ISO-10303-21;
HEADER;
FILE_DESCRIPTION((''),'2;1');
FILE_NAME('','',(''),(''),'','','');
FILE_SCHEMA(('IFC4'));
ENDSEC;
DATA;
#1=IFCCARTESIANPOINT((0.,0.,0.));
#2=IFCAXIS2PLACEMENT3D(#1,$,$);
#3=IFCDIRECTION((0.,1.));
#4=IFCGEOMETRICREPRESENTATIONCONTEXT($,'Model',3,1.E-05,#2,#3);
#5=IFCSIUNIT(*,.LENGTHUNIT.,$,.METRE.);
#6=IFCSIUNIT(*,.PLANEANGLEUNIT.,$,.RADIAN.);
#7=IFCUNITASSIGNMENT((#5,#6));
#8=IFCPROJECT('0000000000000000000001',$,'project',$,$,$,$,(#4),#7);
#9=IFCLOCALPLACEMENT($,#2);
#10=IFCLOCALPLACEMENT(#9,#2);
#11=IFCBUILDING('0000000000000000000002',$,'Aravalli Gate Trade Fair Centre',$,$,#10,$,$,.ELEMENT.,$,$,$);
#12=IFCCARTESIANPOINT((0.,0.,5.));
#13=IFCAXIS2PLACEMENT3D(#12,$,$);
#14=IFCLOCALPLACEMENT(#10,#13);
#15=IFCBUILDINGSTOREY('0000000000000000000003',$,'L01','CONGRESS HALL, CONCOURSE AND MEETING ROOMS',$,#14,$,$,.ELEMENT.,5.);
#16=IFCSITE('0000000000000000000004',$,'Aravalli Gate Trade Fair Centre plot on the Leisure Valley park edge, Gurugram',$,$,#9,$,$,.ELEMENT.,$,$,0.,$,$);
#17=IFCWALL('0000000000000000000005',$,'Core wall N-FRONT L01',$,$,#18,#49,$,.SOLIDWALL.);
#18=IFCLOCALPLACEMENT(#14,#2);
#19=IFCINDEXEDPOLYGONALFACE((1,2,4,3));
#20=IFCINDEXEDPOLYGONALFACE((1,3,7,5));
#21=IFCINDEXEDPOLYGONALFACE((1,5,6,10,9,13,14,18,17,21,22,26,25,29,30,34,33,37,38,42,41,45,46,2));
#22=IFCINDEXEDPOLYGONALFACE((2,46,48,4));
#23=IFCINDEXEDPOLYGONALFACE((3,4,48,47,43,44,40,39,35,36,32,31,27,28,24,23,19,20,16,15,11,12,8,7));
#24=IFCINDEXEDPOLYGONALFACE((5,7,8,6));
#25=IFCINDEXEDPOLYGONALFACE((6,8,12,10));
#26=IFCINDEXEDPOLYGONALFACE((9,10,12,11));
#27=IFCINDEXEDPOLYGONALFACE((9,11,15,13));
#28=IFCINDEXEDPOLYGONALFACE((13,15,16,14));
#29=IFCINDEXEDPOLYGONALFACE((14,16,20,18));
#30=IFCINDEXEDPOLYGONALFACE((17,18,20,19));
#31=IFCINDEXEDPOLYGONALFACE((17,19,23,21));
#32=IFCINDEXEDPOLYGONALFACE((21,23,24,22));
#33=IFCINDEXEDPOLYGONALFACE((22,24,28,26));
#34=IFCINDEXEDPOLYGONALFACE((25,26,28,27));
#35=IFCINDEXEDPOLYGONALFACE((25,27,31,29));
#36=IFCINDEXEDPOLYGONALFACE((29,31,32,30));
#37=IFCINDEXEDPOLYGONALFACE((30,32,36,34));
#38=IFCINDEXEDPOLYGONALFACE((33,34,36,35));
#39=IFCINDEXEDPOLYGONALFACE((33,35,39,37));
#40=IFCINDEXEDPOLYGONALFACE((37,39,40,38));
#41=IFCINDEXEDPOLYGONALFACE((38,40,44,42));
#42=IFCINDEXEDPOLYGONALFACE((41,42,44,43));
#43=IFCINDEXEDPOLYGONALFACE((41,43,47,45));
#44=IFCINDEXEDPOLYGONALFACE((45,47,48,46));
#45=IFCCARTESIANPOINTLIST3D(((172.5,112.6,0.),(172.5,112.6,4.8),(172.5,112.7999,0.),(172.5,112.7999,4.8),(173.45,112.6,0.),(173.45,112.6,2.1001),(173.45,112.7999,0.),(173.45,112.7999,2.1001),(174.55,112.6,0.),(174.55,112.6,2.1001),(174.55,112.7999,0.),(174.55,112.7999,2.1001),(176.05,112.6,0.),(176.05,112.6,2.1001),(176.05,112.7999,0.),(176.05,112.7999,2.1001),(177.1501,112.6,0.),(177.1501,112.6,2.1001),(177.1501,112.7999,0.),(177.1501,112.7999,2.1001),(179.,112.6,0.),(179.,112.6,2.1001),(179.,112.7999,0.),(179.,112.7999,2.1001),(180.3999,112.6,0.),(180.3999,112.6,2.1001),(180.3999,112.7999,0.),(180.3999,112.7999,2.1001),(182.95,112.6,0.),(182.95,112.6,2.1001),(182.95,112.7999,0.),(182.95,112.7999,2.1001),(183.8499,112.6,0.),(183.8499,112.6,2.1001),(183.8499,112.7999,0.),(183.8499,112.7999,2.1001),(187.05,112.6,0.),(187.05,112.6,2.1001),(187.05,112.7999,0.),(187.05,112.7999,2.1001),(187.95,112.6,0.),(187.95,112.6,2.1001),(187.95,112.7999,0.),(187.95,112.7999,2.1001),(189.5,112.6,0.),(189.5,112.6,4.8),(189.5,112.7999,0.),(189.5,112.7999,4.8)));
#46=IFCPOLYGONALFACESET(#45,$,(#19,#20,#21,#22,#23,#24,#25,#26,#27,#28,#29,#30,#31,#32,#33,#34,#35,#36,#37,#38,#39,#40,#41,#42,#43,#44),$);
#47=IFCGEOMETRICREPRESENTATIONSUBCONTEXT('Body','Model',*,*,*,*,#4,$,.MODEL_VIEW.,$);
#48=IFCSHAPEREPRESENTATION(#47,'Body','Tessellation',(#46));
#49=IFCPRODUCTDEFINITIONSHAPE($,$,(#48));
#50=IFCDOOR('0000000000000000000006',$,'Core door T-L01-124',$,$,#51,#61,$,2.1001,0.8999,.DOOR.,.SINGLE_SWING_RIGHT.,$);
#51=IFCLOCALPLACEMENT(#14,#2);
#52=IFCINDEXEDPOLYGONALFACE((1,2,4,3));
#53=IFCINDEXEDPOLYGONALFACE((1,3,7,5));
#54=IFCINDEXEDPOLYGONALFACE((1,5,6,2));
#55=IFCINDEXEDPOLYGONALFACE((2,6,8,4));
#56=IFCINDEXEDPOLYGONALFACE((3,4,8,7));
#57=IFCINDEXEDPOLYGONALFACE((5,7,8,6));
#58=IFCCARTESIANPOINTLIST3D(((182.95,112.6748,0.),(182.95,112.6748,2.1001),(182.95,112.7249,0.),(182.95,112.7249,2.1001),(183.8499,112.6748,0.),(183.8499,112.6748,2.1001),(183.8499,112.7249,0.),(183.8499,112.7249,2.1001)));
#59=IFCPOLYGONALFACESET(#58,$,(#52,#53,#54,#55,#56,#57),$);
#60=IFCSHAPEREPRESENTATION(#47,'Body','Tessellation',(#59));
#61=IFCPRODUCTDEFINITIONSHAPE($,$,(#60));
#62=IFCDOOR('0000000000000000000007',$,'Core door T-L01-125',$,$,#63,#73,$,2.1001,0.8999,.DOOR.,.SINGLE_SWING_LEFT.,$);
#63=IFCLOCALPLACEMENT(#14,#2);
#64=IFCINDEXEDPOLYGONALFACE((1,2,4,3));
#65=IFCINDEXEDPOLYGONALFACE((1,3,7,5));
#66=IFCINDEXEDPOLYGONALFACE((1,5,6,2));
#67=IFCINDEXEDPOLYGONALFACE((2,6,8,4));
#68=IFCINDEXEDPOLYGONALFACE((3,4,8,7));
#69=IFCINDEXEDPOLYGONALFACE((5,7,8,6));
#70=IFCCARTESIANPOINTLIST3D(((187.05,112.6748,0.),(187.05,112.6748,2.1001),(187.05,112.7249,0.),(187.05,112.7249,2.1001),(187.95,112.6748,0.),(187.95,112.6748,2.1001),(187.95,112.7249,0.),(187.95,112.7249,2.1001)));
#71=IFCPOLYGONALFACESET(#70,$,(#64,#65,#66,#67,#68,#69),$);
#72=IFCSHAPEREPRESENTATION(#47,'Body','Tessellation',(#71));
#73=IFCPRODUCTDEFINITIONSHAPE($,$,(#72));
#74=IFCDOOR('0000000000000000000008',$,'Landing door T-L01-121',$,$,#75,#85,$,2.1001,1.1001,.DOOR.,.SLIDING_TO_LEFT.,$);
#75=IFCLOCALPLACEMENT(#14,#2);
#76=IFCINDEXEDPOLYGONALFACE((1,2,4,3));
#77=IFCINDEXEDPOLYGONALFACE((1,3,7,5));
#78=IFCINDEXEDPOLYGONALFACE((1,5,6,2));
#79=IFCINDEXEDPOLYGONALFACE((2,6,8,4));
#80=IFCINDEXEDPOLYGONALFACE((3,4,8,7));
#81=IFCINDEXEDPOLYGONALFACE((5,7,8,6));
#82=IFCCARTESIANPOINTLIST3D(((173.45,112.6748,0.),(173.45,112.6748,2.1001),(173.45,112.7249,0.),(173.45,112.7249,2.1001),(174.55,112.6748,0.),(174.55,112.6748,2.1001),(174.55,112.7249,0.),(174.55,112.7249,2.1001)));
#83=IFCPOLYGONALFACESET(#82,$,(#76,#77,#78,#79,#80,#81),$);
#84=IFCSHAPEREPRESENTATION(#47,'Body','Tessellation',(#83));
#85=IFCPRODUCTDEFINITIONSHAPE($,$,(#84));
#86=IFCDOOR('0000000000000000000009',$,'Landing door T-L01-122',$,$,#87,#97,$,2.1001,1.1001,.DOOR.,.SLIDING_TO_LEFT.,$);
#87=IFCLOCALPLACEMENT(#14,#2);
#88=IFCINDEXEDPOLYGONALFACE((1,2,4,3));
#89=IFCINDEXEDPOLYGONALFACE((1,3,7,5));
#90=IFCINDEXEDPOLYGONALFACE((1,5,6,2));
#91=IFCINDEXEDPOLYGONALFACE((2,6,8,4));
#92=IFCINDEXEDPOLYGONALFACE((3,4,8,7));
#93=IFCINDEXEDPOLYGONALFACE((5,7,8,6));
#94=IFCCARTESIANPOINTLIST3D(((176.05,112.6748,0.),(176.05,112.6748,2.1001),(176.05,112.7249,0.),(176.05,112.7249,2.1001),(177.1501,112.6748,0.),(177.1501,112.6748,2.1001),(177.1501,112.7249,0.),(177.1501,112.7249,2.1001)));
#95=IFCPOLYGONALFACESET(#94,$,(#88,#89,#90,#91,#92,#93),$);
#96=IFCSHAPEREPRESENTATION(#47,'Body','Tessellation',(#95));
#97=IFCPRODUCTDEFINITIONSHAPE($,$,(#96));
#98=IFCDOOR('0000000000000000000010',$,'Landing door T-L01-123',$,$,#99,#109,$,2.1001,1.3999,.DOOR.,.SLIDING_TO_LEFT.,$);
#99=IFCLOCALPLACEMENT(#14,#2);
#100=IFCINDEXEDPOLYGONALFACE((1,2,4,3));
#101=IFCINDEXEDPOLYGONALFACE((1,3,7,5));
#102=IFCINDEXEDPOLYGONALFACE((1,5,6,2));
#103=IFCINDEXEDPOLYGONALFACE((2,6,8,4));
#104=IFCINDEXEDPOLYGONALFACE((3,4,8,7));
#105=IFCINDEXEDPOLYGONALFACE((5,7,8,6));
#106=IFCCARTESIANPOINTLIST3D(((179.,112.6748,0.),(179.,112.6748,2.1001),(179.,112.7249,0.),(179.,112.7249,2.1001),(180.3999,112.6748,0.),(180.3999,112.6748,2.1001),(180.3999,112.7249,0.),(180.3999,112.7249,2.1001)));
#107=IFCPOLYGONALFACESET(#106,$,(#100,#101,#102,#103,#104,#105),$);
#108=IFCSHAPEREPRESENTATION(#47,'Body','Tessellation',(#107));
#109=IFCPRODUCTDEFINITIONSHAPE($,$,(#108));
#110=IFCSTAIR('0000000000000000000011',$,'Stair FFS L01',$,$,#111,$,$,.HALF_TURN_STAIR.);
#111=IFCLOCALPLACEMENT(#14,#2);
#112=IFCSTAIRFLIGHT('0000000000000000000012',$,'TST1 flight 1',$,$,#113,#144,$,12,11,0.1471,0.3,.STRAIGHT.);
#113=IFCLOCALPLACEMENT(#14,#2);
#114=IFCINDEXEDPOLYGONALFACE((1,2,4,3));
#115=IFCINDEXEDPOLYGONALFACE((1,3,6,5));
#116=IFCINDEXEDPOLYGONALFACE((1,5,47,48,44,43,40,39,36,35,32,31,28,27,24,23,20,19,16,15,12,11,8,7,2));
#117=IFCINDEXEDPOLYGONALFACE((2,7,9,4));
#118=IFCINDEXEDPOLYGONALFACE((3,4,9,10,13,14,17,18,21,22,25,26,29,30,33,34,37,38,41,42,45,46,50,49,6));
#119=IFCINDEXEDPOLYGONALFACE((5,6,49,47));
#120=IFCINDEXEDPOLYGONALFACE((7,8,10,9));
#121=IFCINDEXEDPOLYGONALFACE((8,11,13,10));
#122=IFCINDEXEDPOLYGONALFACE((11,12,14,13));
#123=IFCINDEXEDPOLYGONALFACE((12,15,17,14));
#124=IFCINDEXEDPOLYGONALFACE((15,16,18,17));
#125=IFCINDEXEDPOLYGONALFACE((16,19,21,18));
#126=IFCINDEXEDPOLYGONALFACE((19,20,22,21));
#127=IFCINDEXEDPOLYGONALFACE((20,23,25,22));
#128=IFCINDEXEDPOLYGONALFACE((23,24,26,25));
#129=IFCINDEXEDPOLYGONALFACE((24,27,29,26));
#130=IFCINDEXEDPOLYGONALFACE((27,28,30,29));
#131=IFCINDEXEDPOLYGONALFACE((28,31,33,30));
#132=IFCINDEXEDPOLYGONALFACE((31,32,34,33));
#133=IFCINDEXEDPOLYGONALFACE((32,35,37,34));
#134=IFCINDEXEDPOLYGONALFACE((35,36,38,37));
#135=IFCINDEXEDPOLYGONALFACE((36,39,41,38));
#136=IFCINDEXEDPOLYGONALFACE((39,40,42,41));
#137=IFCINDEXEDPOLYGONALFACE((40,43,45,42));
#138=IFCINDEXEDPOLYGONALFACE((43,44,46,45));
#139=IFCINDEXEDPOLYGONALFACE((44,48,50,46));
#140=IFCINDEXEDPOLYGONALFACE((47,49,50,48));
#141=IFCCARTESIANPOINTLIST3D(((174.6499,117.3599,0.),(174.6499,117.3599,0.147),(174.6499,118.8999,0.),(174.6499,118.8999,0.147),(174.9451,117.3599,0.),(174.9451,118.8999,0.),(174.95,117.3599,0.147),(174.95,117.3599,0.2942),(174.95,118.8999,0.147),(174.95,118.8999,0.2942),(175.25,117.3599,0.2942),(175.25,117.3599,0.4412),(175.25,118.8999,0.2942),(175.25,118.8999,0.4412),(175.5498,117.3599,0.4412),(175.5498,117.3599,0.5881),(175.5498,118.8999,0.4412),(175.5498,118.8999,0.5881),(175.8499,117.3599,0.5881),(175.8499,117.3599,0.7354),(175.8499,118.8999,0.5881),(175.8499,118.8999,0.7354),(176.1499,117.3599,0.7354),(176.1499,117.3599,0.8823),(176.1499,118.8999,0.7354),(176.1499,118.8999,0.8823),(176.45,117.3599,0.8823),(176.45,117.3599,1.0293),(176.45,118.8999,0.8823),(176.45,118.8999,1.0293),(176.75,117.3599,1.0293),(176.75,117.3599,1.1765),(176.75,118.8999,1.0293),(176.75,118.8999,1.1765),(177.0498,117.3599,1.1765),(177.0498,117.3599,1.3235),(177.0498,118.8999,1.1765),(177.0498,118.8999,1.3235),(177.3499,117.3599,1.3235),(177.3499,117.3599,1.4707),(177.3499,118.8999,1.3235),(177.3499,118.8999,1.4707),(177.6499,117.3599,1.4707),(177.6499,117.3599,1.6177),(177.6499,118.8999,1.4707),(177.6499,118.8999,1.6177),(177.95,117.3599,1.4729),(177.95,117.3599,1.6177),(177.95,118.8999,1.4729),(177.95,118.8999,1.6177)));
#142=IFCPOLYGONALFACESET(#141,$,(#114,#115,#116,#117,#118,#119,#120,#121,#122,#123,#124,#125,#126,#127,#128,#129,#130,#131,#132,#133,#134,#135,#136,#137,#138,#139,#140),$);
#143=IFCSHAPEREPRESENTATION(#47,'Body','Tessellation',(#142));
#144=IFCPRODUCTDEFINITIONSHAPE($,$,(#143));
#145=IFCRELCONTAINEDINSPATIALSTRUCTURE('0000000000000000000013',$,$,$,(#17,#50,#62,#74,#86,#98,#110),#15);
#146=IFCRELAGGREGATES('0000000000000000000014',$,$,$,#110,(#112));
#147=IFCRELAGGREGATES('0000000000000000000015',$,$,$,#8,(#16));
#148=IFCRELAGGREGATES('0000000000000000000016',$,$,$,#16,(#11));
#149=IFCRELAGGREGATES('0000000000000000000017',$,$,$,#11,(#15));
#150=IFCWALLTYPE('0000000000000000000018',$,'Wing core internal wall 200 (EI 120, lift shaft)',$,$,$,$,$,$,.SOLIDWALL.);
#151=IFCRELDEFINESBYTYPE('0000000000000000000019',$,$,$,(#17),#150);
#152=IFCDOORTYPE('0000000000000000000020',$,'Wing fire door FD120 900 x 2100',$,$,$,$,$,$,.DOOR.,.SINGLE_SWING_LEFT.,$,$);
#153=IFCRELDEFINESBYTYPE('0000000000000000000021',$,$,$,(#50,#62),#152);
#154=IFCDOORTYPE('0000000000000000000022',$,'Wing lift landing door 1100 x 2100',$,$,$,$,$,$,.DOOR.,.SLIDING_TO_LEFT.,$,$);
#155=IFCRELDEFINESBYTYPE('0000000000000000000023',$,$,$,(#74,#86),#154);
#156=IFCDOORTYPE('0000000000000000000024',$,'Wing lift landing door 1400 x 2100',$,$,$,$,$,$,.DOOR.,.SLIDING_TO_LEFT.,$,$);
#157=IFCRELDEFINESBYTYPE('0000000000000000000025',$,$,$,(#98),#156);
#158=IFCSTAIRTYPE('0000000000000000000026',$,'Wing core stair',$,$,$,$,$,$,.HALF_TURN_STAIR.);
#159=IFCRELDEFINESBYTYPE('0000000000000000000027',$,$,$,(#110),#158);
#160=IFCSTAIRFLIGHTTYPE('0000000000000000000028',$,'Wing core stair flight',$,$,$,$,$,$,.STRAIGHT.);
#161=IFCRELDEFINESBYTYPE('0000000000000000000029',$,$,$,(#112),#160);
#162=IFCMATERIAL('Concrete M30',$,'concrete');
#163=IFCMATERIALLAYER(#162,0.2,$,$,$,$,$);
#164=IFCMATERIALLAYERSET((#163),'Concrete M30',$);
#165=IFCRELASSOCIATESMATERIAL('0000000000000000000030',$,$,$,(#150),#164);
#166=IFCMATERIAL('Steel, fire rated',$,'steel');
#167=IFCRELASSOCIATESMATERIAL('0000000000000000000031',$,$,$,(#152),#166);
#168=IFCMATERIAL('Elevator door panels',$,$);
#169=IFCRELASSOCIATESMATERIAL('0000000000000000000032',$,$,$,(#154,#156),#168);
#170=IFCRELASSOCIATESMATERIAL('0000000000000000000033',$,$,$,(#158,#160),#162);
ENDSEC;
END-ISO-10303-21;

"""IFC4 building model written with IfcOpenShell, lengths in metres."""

from ifc_helpers import new_model, si_unit, direction, frame, frame_2d, origin, place, context, subcontext, project, spatial, polyline, rectangle, outline, extrude, material, layer, layer_set, type_object, element, fill, aggregate, save


model = new_model("IFC4")

# Units and contexts
model_context = context("Model", 3, precision=1e-05, world=origin(), true_north=direction((0.0, 1.0)))
body_context = subcontext(model_context, "Body", "Model", "MODEL_VIEW")
ifc_project = project(units=[si_unit("LENGTHUNIT", "METRE"), si_unit("PLANEANGLEUNIT", "RADIAN")], contexts=[model_context])

# Site, building, storey
site_placement = place(None, origin())
site = spatial("IfcSite", under=ifc_project, at=site_placement, Name="Aravalli Gate Trade Fair Centre plot on the Leisure Valley park edge, Gurugram", CompositionType="ELEMENT", RefElevation=0.0)
building_placement = place(site_placement, origin())
building = spatial("IfcBuilding", under=site, at=building_placement, Name="Aravalli Gate Trade Fair Centre", CompositionType="ELEMENT")
storey_placement = place(building_placement, frame((0.0, 0.0, 5.0)))
storey = spatial("IfcBuildingStorey", under=building, at=storey_placement, Name="L01", Description="CONGRESS HALL, CONCOURSE AND MEETING ROOMS", CompositionType="ELEMENT", Elevation=5.0)

# Shared definitions
ifc_material_1 = material(Name="Concrete M30", Category="concrete")

# Shared definitions
ifc_material_2 = material(Name="Steel, fire rated", Category="steel")

# Shared definitions
ifc_layer_1 = layer(ifc_material_1, 0.2)
ifc_layer_set_1 = layer_set([ifc_layer_1], Name="Concrete M30")
wall_type_1 = type_object("IfcWallType", Name="Wing core internal wall 200 (EI 120, lift shaft)", PredefinedType="SOLIDWALL", material=ifc_layer_set_1)
door_type_1 = type_object("IfcDoorType", Name="Wing fire door FD120 900 x 2100", OperationType="SINGLE_SWING_LEFT", PredefinedType="DOOR", material=ifc_material_2)
ifc_material_3 = material(Name="Elevator door panels")
door_type_2 = type_object("IfcDoorType", Name="Wing lift landing door 1100 x 2100", OperationType="SLIDING_TO_LEFT", PredefinedType="DOOR", material=ifc_material_3)

# Wall, openings, doors
wall_1_placement = place(storey_placement, frame((172.5, 112.7, 0.0), z_axis=(0.0, 0.0, 1.0), x_axis=(1.0, 0.0, 0.0)))
wall_1 = element("IfcWall", 1, at=wall_1_placement, inside=storey, type_object=wall_type_1, Name="Core wall N-FRONT L01", PredefinedType="SOLIDWALL", context=body_context, shape_type="SweptSolid", body=[
    extrude(rectangle(XDim=17.0, YDim=0.2, at=frame_2d((8.5, 0.0))), origin(), (0.0, 0.0, 1.0), 4.8),
])
opening_1_placement = place(wall_1_placement, frame((0.95, 0.0, 0.0)))
opening_1 = element("IfcOpeningElement", 2, at=opening_1_placement, cuts=wall_1, PredefinedType="OPENING", context=body_context, shape_type="SweptSolid", body=[
    extrude(rectangle(XDim=1.1001, YDim=2.1001, at=frame_2d((0.55, 1.05))), frame((0.0, 0.1099, 0.0), z_axis=(0.0, -1.0, 0.0), x_axis=(1.0, 0.0, 0.0)), (0.0, 0.0, 1.0), 0.22),
])
opening_2_placement = place(wall_1_placement, frame((3.55, 0.0, 0.0)))
opening_2 = element("IfcOpeningElement", 3, at=opening_2_placement, cuts=wall_1, PredefinedType="OPENING", context=body_context, shape_type="SweptSolid", body=[
    extrude(rectangle(XDim=1.1001, YDim=2.1001, at=frame_2d((0.55, 1.05))), frame((0.0, 0.1099, 0.0), z_axis=(0.0, -1.0, 0.0), x_axis=(1.0, 0.0, 0.0)), (0.0, 0.0, 1.0), 0.22),
])
opening_3_placement = place(wall_1_placement, frame((6.5, 0.0, 0.0)))
opening_3 = element("IfcOpeningElement", 4, at=opening_3_placement, cuts=wall_1, PredefinedType="OPENING", context=body_context, shape_type="SweptSolid", body=[
    extrude(rectangle(XDim=1.3999, YDim=2.1001, at=frame_2d((0.7, 1.05))), frame((0.0, 0.1099, 0.0), z_axis=(0.0, -1.0, 0.0), x_axis=(1.0, 0.0, 0.0)), (0.0, 0.0, 1.0), 0.22),
])
opening_4_placement = place(wall_1_placement, frame((10.45, 0.0, 0.0)))
opening_4 = element("IfcOpeningElement", 5, at=opening_4_placement, cuts=wall_1, PredefinedType="OPENING", context=body_context, shape_type="SweptSolid", body=[
    extrude(rectangle(XDim=0.8999, YDim=2.1001, at=frame_2d((0.45, 1.05))), frame((0.0, 0.1099, 0.0), z_axis=(0.0, -1.0, 0.0), x_axis=(1.0, 0.0, 0.0)), (0.0, 0.0, 1.0), 0.22),
])
opening_5_placement = place(wall_1_placement, frame((14.55, 0.0, 0.0)))
opening_5 = element("IfcOpeningElement", 6, at=opening_5_placement, cuts=wall_1, PredefinedType="OPENING", context=body_context, shape_type="SweptSolid", body=[
    extrude(rectangle(XDim=0.8999, YDim=2.1001, at=frame_2d((0.45, 1.05))), frame((0.0, 0.1099, 0.0), z_axis=(0.0, -1.0, 0.0), x_axis=(1.0, 0.0, 0.0)), (0.0, 0.0, 1.0), 0.22),
])
door_1_placement = place(opening_4_placement, origin())
door_1 = element("IfcDoor", 7, at=door_1_placement, inside=storey, type_object=door_type_1, Name="Core door T-L01-124", OperationType="SINGLE_SWING_RIGHT", OverallHeight=2.1001, OverallWidth=0.8999, PredefinedType="DOOR", context=body_context, shape_type="SweptSolid", body=[
    extrude(rectangle(XDim=0.8999, YDim=2.1001, at=frame_2d((0.45, 1.05))), frame((0.0, 0.0249, 0.0), z_axis=(0.0, -1.0, 0.0), x_axis=(1.0, 0.0, 0.0)), (0.0, 0.0, 1.0), 0.05),
])
fill(opening_4, door_1)
door_2_placement = place(opening_5_placement, origin())
door_2 = element("IfcDoor", 8, at=door_2_placement, inside=storey, type_object=door_type_1, Name="Core door T-L01-125", OperationType="SINGLE_SWING_LEFT", OverallHeight=2.1001, OverallWidth=0.8999, PredefinedType="DOOR", context=body_context, shape_type="SweptSolid", body=[
    extrude(rectangle(XDim=0.8999, YDim=2.1001, at=frame_2d((0.45, 1.05))), frame((0.0, 0.0249, 0.0), z_axis=(0.0, -1.0, 0.0), x_axis=(1.0, 0.0, 0.0)), (0.0, 0.0, 1.0), 0.05),
])
fill(opening_5, door_2)
door_3_placement = place(opening_1_placement, origin())
door_3 = element("IfcDoor", 9, at=door_3_placement, inside=storey, type_object=door_type_2, Name="Landing door T-L01-121", OperationType="SLIDING_TO_LEFT", OverallHeight=2.1001, OverallWidth=1.1001, PredefinedType="DOOR", context=body_context, shape_type="SweptSolid", body=[
    extrude(rectangle(XDim=1.1001, YDim=2.1001, at=frame_2d((0.55, 1.05))), frame((0.0, 0.0249, 0.0), z_axis=(0.0, -1.0, 0.0), x_axis=(1.0, 0.0, 0.0)), (0.0, 0.0, 1.0), 0.05),
])
fill(opening_1, door_3)
door_4_placement = place(opening_2_placement, origin())
door_4 = element("IfcDoor", 10, at=door_4_placement, inside=storey, type_object=door_type_2, Name="Landing door T-L01-122", OperationType="SLIDING_TO_LEFT", OverallHeight=2.1001, OverallWidth=1.1001, PredefinedType="DOOR", context=body_context, shape_type="SweptSolid", body=[
    extrude(rectangle(XDim=1.1001, YDim=2.1001, at=frame_2d((0.55, 1.05))), frame((0.0, 0.0249, 0.0), z_axis=(0.0, -1.0, 0.0), x_axis=(1.0, 0.0, 0.0)), (0.0, 0.0, 1.0), 0.05),
])
fill(opening_2, door_4)
door_type_3 = type_object("IfcDoorType", Name="Wing lift landing door 1400 x 2100", OperationType="SLIDING_TO_LEFT", PredefinedType="DOOR", material=ifc_material_3)
door_5_placement = place(opening_3_placement, origin())
door_5 = element("IfcDoor", 11, at=door_5_placement, inside=storey, type_object=door_type_3, Name="Landing door T-L01-123", OperationType="SLIDING_TO_LEFT", OverallHeight=2.1001, OverallWidth=1.3999, PredefinedType="DOOR", context=body_context, shape_type="SweptSolid", body=[
    extrude(rectangle(XDim=1.3999, YDim=2.1001, at=frame_2d((0.7, 1.05))), frame((0.0, 0.0249, 0.0), z_axis=(0.0, -1.0, 0.0), x_axis=(1.0, 0.0, 0.0)), (0.0, 0.0, 1.0), 0.05),
])
fill(opening_3, door_5)

# Stair, stair flight
stair_type = type_object("IfcStairType", Name="Wing core stair", PredefinedType="HALF_TURN_STAIR", material=ifc_material_1)
stair_placement = place(storey_placement, origin())
stair = element("IfcStair", 12, at=stair_placement, inside=storey, type_object=stair_type, Name="Stair FFS L01", PredefinedType="HALF_TURN_STAIR")
stair_flight_type = type_object("IfcStairFlightType", Name="Wing core stair flight", PredefinedType="STRAIGHT", material=ifc_material_1)
stair_flight_1_placement = place(storey_placement, frame((174.6499, 118.1299, 0.0), z_axis=(0.0, 0.0, 1.0), x_axis=(1.0, 0.0, 0.0)))
stair_flight_1 = element("IfcStairFlight", 13, at=stair_flight_1_placement, type_object=stair_flight_type, Name="TST1 flight 1", NumberOfRisers=12, NumberOfTreads=11, PredefinedType="STRAIGHT", RiserHeight=0.1471, TreadLength=0.3, context=body_context, shape_type="SweptSolid", body=[
    extrude(outline(polyline([(0.0, 0.0), (0.0, 0.147), (0.3, 0.147), (0.3, 0.2942), (0.6001, 0.2942), (0.6001, 0.4412), (0.8999, 0.4412), (0.8999, 0.5881), (1.2, 0.5881), (1.2, 0.7354), (1.5, 0.7354), (1.5, 0.8823), (1.8, 0.8823), (1.8, 1.0293), (2.1001, 1.0293), (2.1001, 1.1765), (2.3999, 1.1765), (2.3999, 1.3235), (2.7, 1.3235), (2.7, 1.4707), (3.0, 1.4707), (3.0, 1.6177), (3.3, 1.6177), (3.3, 1.7646), (3.3, 1.4729), (0.2952, 0.0), (0.0, 0.0)])), frame((0.0, 0.77, 0.0), z_axis=(0.0, -1.0, 0.0), x_axis=(1.0, 0.0, 0.0)), (0.0, 0.0, 1.0), 1.54),
])
aggregate(stair, [stair_flight_1])

save(model, "model.ifc")
